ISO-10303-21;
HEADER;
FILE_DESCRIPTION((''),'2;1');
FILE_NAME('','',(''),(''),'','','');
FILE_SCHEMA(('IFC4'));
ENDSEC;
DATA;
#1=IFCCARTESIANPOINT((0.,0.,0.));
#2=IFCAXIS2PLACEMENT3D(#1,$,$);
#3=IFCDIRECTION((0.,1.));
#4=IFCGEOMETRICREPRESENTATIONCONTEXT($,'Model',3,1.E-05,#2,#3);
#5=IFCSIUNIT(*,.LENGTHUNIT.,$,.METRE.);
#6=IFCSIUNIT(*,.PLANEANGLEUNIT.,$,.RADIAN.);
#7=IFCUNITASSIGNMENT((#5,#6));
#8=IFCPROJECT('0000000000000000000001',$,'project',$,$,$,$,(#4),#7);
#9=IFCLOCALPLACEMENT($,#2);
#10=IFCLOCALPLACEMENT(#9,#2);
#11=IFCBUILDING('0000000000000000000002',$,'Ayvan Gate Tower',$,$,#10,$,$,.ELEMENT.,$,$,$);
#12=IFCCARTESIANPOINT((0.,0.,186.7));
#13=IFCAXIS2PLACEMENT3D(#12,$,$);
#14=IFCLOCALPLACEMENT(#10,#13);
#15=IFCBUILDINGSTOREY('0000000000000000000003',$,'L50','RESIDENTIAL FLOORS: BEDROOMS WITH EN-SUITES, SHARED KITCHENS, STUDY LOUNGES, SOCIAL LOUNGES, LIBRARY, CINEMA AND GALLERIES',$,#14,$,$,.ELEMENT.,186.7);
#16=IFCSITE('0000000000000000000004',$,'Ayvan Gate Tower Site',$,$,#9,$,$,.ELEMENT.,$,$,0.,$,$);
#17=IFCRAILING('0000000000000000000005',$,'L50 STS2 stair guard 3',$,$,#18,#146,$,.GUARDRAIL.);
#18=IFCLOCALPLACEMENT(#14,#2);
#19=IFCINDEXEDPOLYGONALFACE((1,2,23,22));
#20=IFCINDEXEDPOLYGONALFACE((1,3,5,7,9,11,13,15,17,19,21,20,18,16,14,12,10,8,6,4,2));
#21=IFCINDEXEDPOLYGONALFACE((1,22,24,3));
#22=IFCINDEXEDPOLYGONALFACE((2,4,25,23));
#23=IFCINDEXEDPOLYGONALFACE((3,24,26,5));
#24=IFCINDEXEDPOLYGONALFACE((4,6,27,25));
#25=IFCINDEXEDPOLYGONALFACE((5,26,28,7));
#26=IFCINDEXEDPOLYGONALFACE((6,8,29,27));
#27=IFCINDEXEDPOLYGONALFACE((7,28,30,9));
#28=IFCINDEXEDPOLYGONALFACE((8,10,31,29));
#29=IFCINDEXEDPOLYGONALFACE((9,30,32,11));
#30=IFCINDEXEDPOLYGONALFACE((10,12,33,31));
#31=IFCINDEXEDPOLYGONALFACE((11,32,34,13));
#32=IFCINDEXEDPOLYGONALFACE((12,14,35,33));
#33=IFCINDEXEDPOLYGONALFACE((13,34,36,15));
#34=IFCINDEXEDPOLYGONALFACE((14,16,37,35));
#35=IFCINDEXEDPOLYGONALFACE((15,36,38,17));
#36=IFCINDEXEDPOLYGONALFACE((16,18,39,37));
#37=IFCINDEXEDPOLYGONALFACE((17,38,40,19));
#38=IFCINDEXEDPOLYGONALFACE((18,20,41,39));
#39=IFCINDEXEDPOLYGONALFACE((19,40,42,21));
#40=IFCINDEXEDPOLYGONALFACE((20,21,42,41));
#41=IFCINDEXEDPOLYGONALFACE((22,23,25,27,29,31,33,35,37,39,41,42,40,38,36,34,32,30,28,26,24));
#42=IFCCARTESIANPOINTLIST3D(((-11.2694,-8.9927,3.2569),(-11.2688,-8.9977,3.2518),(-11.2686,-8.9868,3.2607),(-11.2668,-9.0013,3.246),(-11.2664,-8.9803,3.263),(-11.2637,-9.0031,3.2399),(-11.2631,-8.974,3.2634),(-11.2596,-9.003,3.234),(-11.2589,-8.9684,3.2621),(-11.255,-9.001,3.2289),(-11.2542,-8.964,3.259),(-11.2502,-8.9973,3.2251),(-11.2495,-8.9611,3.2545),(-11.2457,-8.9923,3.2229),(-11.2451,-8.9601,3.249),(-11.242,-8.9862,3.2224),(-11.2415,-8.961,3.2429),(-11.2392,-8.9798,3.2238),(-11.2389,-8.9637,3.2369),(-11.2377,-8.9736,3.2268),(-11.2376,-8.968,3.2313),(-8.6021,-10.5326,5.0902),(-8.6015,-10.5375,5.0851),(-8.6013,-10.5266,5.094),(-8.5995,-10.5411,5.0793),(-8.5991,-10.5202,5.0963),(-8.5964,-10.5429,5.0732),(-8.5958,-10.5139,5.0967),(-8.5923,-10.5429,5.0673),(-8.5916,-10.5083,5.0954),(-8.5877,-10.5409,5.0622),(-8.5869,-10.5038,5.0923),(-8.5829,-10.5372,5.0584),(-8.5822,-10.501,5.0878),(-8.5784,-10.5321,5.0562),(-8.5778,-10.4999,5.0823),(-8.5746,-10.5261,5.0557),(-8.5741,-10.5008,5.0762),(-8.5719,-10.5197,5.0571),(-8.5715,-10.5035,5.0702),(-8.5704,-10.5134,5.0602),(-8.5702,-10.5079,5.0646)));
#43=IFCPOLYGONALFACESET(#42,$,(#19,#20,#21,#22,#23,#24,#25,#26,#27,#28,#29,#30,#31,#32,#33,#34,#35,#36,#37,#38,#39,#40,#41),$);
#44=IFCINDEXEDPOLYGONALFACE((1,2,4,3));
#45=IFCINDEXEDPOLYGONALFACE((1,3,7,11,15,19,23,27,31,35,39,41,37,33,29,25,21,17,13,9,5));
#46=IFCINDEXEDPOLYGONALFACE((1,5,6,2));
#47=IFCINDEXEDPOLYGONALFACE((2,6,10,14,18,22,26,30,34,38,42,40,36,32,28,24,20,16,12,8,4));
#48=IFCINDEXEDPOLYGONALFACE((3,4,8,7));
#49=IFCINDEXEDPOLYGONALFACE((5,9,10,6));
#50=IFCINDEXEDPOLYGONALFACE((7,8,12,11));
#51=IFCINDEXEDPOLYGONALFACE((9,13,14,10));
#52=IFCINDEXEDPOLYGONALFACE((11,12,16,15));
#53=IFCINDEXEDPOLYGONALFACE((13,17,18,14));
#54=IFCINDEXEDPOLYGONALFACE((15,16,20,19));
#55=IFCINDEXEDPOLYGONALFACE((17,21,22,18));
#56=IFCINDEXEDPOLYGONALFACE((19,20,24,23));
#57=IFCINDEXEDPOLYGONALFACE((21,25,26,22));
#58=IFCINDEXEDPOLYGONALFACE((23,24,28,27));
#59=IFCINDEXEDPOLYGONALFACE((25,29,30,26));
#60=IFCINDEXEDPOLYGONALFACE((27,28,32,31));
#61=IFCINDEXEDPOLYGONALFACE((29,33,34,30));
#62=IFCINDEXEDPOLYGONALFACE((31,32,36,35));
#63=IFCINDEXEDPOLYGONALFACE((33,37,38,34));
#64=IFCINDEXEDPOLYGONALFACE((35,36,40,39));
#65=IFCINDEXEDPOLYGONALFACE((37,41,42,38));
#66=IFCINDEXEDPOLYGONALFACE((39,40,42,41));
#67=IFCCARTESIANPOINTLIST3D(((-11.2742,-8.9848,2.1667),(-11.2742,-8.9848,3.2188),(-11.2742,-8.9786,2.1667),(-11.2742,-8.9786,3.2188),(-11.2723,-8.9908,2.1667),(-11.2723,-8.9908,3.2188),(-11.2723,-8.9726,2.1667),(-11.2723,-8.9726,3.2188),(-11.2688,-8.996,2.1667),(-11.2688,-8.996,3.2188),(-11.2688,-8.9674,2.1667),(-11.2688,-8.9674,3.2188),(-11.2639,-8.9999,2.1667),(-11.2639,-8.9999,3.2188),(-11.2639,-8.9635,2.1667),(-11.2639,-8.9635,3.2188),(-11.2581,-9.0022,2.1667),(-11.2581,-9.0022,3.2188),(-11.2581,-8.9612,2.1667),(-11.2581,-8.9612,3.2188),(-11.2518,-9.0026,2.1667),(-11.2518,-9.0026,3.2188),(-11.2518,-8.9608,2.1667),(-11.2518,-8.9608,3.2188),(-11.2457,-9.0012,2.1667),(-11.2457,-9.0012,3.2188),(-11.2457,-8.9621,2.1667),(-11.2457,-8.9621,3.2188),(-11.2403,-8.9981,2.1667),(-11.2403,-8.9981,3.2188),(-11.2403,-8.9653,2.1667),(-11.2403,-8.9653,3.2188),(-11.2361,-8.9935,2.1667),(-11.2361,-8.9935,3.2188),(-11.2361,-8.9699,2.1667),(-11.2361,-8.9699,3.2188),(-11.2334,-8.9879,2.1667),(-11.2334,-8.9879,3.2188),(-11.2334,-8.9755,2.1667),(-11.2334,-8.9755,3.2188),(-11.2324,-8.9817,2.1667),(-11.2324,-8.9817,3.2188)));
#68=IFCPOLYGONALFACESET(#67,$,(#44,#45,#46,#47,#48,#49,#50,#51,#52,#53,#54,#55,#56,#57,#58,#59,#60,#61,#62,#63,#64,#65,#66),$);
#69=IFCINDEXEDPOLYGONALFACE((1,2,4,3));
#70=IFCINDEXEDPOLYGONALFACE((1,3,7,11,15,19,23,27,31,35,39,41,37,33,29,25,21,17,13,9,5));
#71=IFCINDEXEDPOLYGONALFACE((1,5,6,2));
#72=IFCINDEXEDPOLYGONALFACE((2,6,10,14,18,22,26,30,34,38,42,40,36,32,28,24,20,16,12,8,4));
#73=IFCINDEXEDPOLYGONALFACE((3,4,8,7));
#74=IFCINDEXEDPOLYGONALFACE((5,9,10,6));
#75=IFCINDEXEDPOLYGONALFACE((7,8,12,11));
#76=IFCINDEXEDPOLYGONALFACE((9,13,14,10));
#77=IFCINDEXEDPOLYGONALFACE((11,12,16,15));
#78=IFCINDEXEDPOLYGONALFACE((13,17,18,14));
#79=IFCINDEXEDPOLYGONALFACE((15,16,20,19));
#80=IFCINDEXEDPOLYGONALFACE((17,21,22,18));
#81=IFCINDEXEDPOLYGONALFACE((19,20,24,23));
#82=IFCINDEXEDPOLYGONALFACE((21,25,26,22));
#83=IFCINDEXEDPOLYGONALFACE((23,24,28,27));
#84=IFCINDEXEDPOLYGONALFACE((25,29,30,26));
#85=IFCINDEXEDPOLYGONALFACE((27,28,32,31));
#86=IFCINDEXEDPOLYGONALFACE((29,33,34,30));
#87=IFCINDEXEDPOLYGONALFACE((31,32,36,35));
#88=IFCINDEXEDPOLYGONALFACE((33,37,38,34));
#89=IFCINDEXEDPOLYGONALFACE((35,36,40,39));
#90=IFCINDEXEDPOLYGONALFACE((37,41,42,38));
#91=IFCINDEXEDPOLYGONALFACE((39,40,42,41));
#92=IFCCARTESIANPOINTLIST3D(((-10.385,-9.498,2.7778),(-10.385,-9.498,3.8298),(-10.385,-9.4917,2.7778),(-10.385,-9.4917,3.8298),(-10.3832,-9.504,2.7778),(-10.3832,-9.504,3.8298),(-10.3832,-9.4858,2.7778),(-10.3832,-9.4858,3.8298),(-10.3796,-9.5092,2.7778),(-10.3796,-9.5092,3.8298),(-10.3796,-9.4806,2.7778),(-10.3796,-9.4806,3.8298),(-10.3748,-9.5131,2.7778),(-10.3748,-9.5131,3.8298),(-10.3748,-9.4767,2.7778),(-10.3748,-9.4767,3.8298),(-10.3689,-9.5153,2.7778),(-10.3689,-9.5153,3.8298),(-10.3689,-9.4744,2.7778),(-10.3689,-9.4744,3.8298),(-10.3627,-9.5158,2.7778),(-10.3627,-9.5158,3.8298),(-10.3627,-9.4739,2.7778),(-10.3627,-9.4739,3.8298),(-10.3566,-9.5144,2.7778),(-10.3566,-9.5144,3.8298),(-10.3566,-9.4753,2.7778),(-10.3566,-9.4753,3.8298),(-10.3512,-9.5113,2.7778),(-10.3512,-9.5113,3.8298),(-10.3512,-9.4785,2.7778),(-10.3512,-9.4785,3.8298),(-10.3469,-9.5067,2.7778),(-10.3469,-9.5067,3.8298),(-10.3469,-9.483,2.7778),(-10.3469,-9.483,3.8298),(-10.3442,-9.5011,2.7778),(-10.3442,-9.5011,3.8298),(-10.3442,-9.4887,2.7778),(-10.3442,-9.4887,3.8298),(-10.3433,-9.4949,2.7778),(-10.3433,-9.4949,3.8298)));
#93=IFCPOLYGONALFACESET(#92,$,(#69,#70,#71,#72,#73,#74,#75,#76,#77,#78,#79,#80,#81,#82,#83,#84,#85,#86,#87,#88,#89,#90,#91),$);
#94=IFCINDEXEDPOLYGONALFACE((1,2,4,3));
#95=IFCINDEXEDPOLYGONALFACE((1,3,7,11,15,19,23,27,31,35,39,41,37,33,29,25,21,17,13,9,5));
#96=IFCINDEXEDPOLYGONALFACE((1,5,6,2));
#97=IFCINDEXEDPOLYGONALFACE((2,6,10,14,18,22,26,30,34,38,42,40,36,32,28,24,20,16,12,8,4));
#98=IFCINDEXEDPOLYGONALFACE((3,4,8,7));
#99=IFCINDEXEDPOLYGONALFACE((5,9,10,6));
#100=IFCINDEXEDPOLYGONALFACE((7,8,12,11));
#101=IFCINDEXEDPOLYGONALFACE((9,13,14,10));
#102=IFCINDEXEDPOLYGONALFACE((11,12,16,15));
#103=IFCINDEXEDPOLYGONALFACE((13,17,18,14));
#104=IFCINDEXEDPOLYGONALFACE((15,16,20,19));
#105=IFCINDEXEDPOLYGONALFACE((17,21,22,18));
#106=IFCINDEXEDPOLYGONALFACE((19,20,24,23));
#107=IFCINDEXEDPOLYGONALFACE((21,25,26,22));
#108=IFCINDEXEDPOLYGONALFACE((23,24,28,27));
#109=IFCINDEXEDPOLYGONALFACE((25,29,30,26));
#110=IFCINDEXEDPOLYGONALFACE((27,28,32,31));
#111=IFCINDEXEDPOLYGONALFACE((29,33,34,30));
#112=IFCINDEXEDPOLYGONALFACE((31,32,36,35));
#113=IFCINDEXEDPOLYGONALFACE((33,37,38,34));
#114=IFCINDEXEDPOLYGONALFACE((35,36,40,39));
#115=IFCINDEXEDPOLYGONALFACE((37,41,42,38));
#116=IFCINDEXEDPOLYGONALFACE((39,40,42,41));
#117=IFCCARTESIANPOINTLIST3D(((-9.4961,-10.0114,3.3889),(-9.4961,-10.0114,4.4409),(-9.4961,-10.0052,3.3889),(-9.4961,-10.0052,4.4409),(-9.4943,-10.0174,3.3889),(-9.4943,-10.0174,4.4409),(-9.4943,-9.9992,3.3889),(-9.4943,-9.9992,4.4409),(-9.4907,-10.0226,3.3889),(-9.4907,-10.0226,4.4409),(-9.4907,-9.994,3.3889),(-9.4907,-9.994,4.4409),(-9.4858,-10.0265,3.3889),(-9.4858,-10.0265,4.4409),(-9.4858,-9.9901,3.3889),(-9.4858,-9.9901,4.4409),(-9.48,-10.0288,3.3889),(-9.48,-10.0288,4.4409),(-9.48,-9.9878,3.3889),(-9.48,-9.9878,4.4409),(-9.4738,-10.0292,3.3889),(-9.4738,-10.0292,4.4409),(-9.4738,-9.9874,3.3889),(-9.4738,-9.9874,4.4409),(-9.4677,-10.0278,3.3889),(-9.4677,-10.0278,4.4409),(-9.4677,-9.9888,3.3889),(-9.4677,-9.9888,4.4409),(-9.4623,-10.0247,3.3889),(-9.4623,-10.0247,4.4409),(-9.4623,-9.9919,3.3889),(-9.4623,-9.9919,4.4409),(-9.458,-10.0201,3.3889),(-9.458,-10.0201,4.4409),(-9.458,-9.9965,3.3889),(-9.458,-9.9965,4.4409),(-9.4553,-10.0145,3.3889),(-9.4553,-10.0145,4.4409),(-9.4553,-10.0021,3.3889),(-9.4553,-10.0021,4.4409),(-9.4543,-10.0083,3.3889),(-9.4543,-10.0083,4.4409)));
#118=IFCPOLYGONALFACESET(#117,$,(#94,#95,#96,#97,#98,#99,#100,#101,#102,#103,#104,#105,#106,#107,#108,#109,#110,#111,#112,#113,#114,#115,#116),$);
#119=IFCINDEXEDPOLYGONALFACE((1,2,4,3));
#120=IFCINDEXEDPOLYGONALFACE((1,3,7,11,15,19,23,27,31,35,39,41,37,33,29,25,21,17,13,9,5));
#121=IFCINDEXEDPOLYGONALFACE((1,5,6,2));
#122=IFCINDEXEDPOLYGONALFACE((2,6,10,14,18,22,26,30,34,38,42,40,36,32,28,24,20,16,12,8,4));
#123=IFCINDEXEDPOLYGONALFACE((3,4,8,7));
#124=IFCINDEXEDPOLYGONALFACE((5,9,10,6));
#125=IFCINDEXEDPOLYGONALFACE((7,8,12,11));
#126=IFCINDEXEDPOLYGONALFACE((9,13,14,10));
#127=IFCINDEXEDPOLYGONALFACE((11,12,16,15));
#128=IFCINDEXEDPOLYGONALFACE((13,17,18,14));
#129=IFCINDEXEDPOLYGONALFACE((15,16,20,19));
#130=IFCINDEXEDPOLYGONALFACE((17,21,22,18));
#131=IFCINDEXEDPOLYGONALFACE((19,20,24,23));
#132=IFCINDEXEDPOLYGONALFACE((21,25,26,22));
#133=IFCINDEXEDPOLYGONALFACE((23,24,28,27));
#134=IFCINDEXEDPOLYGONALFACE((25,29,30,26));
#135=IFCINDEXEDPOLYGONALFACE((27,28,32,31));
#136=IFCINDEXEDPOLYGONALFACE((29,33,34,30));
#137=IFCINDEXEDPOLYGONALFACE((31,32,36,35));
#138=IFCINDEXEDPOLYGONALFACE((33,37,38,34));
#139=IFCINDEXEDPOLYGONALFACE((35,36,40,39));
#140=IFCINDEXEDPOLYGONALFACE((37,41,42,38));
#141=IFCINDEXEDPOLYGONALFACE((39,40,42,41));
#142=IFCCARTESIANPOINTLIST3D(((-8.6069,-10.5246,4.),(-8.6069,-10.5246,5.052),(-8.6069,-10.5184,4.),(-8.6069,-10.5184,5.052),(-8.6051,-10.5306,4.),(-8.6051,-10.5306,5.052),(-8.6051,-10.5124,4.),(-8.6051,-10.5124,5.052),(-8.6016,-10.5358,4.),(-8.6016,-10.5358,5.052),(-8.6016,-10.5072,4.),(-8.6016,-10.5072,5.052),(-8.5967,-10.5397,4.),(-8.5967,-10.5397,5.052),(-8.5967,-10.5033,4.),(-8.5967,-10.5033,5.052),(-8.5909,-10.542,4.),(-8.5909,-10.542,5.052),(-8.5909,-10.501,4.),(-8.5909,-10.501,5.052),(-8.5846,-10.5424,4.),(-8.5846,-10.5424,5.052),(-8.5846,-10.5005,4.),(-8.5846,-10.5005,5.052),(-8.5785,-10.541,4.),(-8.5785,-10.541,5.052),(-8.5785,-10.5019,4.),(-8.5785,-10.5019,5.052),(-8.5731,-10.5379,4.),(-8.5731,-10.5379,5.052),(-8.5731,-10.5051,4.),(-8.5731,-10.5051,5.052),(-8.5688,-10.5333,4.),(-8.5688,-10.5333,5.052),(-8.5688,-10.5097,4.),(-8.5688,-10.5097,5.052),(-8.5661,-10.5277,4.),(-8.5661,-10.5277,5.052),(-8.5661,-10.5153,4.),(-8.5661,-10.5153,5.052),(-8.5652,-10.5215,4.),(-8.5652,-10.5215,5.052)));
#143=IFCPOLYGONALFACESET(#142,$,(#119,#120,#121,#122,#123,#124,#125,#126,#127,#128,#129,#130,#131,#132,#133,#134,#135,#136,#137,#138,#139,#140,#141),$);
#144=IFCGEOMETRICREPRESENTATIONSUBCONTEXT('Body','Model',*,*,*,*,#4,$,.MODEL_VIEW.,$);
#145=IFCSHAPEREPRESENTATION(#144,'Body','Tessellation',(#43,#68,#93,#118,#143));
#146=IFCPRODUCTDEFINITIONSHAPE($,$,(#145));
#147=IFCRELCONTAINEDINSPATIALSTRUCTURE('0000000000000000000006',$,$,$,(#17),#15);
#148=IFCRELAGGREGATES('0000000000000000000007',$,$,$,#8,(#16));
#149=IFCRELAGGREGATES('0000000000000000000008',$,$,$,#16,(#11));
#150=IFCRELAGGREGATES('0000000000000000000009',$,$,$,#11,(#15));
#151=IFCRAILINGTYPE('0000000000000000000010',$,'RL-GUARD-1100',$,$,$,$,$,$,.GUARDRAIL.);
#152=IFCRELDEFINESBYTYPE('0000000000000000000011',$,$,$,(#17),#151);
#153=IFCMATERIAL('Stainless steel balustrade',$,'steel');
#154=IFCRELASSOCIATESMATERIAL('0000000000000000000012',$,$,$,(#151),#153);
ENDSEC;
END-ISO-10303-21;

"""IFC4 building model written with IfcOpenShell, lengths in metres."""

from ifc_helpers import new_model, si_unit, direction, frame, origin, origin_2d, place, context, subcontext, project, spatial, circle, extrude, material, type_object, element, save


model = new_model("IFC4")

# Units and contexts
model_context = context("Model", 3, precision=1e-05, world=origin(), true_north=direction((0.0, 1.0)))
body_context = subcontext(model_context, "Body", "Model", "MODEL_VIEW")
ifc_project = project(units=[si_unit("LENGTHUNIT", "METRE"), si_unit("PLANEANGLEUNIT", "RADIAN")], contexts=[model_context])

# Site, building, storey
site_placement = place(None, origin())
site = spatial("IfcSite", under=ifc_project, at=site_placement, Name="Ayvan Gate Tower Site", CompositionType="ELEMENT", RefElevation=0.0)
building_placement = place(site_placement, origin())
building = spatial("IfcBuilding", under=site, at=building_placement, Name="Ayvan Gate Tower", CompositionType="ELEMENT")
storey_placement = place(building_placement, frame((0.0, 0.0, 186.7)))
storey = spatial("IfcBuildingStorey", under=building, at=storey_placement, Name="L50", Description="RESIDENTIAL FLOORS: BEDROOMS WITH EN-SUITES, SHARED KITCHENS, STUDY LOUNGES, SOCIAL LOUNGES, LIBRARY, CINEMA AND GALLERIES", CompositionType="ELEMENT", Elevation=186.7)

# Railing
ifc_material_1 = material(Name="Stainless steel balustrade", Category="steel")
railing_type_1 = type_object("IfcRailingType", Name="RL-GUARD-1100", PredefinedType="GUARDRAIL", material=ifc_material_1)
railing_1_placement = place(storey_placement, frame((-11.2534, -8.9817, 2.1667)))
element("IfcRailing", 1, at=railing_1_placement, inside=storey, type_object=railing_type_1, Name="L50 STS2 stair guard 3", PredefinedType="GUARDRAIL", context=body_context, shape_type="SweptSolid", body=[
    extrude(circle(Radius=0.0239, at=origin_2d()), frame((0.0, 0.0, 1.0762), z_axis=(0.744181, -0.429616, 0.511493), x_axis=(0.499967, 0.866044, 0.0)), (0.0, 0.0, 1.0), 3.5842),
    extrude(circle(Radius=0.021, at=origin_2d()), origin(), (0.0, 0.0, 1.0), 1.052),
    extrude(circle(Radius=0.021, at=origin_2d()), frame((0.8892, -0.5132, 0.6111)), (0.0, 0.0, 1.0), 1.052),
    extrude(circle(Radius=0.021, at=origin_2d()), frame((1.7781, -1.0266, 1.2222)), (0.0, 0.0, 1.0), 1.052),
    extrude(circle(Radius=0.021, at=origin_2d()), frame((2.6672, -1.5398, 1.8333)), (0.0, 0.0, 1.0), 1.052),
])

save(model, "model.ifc")
